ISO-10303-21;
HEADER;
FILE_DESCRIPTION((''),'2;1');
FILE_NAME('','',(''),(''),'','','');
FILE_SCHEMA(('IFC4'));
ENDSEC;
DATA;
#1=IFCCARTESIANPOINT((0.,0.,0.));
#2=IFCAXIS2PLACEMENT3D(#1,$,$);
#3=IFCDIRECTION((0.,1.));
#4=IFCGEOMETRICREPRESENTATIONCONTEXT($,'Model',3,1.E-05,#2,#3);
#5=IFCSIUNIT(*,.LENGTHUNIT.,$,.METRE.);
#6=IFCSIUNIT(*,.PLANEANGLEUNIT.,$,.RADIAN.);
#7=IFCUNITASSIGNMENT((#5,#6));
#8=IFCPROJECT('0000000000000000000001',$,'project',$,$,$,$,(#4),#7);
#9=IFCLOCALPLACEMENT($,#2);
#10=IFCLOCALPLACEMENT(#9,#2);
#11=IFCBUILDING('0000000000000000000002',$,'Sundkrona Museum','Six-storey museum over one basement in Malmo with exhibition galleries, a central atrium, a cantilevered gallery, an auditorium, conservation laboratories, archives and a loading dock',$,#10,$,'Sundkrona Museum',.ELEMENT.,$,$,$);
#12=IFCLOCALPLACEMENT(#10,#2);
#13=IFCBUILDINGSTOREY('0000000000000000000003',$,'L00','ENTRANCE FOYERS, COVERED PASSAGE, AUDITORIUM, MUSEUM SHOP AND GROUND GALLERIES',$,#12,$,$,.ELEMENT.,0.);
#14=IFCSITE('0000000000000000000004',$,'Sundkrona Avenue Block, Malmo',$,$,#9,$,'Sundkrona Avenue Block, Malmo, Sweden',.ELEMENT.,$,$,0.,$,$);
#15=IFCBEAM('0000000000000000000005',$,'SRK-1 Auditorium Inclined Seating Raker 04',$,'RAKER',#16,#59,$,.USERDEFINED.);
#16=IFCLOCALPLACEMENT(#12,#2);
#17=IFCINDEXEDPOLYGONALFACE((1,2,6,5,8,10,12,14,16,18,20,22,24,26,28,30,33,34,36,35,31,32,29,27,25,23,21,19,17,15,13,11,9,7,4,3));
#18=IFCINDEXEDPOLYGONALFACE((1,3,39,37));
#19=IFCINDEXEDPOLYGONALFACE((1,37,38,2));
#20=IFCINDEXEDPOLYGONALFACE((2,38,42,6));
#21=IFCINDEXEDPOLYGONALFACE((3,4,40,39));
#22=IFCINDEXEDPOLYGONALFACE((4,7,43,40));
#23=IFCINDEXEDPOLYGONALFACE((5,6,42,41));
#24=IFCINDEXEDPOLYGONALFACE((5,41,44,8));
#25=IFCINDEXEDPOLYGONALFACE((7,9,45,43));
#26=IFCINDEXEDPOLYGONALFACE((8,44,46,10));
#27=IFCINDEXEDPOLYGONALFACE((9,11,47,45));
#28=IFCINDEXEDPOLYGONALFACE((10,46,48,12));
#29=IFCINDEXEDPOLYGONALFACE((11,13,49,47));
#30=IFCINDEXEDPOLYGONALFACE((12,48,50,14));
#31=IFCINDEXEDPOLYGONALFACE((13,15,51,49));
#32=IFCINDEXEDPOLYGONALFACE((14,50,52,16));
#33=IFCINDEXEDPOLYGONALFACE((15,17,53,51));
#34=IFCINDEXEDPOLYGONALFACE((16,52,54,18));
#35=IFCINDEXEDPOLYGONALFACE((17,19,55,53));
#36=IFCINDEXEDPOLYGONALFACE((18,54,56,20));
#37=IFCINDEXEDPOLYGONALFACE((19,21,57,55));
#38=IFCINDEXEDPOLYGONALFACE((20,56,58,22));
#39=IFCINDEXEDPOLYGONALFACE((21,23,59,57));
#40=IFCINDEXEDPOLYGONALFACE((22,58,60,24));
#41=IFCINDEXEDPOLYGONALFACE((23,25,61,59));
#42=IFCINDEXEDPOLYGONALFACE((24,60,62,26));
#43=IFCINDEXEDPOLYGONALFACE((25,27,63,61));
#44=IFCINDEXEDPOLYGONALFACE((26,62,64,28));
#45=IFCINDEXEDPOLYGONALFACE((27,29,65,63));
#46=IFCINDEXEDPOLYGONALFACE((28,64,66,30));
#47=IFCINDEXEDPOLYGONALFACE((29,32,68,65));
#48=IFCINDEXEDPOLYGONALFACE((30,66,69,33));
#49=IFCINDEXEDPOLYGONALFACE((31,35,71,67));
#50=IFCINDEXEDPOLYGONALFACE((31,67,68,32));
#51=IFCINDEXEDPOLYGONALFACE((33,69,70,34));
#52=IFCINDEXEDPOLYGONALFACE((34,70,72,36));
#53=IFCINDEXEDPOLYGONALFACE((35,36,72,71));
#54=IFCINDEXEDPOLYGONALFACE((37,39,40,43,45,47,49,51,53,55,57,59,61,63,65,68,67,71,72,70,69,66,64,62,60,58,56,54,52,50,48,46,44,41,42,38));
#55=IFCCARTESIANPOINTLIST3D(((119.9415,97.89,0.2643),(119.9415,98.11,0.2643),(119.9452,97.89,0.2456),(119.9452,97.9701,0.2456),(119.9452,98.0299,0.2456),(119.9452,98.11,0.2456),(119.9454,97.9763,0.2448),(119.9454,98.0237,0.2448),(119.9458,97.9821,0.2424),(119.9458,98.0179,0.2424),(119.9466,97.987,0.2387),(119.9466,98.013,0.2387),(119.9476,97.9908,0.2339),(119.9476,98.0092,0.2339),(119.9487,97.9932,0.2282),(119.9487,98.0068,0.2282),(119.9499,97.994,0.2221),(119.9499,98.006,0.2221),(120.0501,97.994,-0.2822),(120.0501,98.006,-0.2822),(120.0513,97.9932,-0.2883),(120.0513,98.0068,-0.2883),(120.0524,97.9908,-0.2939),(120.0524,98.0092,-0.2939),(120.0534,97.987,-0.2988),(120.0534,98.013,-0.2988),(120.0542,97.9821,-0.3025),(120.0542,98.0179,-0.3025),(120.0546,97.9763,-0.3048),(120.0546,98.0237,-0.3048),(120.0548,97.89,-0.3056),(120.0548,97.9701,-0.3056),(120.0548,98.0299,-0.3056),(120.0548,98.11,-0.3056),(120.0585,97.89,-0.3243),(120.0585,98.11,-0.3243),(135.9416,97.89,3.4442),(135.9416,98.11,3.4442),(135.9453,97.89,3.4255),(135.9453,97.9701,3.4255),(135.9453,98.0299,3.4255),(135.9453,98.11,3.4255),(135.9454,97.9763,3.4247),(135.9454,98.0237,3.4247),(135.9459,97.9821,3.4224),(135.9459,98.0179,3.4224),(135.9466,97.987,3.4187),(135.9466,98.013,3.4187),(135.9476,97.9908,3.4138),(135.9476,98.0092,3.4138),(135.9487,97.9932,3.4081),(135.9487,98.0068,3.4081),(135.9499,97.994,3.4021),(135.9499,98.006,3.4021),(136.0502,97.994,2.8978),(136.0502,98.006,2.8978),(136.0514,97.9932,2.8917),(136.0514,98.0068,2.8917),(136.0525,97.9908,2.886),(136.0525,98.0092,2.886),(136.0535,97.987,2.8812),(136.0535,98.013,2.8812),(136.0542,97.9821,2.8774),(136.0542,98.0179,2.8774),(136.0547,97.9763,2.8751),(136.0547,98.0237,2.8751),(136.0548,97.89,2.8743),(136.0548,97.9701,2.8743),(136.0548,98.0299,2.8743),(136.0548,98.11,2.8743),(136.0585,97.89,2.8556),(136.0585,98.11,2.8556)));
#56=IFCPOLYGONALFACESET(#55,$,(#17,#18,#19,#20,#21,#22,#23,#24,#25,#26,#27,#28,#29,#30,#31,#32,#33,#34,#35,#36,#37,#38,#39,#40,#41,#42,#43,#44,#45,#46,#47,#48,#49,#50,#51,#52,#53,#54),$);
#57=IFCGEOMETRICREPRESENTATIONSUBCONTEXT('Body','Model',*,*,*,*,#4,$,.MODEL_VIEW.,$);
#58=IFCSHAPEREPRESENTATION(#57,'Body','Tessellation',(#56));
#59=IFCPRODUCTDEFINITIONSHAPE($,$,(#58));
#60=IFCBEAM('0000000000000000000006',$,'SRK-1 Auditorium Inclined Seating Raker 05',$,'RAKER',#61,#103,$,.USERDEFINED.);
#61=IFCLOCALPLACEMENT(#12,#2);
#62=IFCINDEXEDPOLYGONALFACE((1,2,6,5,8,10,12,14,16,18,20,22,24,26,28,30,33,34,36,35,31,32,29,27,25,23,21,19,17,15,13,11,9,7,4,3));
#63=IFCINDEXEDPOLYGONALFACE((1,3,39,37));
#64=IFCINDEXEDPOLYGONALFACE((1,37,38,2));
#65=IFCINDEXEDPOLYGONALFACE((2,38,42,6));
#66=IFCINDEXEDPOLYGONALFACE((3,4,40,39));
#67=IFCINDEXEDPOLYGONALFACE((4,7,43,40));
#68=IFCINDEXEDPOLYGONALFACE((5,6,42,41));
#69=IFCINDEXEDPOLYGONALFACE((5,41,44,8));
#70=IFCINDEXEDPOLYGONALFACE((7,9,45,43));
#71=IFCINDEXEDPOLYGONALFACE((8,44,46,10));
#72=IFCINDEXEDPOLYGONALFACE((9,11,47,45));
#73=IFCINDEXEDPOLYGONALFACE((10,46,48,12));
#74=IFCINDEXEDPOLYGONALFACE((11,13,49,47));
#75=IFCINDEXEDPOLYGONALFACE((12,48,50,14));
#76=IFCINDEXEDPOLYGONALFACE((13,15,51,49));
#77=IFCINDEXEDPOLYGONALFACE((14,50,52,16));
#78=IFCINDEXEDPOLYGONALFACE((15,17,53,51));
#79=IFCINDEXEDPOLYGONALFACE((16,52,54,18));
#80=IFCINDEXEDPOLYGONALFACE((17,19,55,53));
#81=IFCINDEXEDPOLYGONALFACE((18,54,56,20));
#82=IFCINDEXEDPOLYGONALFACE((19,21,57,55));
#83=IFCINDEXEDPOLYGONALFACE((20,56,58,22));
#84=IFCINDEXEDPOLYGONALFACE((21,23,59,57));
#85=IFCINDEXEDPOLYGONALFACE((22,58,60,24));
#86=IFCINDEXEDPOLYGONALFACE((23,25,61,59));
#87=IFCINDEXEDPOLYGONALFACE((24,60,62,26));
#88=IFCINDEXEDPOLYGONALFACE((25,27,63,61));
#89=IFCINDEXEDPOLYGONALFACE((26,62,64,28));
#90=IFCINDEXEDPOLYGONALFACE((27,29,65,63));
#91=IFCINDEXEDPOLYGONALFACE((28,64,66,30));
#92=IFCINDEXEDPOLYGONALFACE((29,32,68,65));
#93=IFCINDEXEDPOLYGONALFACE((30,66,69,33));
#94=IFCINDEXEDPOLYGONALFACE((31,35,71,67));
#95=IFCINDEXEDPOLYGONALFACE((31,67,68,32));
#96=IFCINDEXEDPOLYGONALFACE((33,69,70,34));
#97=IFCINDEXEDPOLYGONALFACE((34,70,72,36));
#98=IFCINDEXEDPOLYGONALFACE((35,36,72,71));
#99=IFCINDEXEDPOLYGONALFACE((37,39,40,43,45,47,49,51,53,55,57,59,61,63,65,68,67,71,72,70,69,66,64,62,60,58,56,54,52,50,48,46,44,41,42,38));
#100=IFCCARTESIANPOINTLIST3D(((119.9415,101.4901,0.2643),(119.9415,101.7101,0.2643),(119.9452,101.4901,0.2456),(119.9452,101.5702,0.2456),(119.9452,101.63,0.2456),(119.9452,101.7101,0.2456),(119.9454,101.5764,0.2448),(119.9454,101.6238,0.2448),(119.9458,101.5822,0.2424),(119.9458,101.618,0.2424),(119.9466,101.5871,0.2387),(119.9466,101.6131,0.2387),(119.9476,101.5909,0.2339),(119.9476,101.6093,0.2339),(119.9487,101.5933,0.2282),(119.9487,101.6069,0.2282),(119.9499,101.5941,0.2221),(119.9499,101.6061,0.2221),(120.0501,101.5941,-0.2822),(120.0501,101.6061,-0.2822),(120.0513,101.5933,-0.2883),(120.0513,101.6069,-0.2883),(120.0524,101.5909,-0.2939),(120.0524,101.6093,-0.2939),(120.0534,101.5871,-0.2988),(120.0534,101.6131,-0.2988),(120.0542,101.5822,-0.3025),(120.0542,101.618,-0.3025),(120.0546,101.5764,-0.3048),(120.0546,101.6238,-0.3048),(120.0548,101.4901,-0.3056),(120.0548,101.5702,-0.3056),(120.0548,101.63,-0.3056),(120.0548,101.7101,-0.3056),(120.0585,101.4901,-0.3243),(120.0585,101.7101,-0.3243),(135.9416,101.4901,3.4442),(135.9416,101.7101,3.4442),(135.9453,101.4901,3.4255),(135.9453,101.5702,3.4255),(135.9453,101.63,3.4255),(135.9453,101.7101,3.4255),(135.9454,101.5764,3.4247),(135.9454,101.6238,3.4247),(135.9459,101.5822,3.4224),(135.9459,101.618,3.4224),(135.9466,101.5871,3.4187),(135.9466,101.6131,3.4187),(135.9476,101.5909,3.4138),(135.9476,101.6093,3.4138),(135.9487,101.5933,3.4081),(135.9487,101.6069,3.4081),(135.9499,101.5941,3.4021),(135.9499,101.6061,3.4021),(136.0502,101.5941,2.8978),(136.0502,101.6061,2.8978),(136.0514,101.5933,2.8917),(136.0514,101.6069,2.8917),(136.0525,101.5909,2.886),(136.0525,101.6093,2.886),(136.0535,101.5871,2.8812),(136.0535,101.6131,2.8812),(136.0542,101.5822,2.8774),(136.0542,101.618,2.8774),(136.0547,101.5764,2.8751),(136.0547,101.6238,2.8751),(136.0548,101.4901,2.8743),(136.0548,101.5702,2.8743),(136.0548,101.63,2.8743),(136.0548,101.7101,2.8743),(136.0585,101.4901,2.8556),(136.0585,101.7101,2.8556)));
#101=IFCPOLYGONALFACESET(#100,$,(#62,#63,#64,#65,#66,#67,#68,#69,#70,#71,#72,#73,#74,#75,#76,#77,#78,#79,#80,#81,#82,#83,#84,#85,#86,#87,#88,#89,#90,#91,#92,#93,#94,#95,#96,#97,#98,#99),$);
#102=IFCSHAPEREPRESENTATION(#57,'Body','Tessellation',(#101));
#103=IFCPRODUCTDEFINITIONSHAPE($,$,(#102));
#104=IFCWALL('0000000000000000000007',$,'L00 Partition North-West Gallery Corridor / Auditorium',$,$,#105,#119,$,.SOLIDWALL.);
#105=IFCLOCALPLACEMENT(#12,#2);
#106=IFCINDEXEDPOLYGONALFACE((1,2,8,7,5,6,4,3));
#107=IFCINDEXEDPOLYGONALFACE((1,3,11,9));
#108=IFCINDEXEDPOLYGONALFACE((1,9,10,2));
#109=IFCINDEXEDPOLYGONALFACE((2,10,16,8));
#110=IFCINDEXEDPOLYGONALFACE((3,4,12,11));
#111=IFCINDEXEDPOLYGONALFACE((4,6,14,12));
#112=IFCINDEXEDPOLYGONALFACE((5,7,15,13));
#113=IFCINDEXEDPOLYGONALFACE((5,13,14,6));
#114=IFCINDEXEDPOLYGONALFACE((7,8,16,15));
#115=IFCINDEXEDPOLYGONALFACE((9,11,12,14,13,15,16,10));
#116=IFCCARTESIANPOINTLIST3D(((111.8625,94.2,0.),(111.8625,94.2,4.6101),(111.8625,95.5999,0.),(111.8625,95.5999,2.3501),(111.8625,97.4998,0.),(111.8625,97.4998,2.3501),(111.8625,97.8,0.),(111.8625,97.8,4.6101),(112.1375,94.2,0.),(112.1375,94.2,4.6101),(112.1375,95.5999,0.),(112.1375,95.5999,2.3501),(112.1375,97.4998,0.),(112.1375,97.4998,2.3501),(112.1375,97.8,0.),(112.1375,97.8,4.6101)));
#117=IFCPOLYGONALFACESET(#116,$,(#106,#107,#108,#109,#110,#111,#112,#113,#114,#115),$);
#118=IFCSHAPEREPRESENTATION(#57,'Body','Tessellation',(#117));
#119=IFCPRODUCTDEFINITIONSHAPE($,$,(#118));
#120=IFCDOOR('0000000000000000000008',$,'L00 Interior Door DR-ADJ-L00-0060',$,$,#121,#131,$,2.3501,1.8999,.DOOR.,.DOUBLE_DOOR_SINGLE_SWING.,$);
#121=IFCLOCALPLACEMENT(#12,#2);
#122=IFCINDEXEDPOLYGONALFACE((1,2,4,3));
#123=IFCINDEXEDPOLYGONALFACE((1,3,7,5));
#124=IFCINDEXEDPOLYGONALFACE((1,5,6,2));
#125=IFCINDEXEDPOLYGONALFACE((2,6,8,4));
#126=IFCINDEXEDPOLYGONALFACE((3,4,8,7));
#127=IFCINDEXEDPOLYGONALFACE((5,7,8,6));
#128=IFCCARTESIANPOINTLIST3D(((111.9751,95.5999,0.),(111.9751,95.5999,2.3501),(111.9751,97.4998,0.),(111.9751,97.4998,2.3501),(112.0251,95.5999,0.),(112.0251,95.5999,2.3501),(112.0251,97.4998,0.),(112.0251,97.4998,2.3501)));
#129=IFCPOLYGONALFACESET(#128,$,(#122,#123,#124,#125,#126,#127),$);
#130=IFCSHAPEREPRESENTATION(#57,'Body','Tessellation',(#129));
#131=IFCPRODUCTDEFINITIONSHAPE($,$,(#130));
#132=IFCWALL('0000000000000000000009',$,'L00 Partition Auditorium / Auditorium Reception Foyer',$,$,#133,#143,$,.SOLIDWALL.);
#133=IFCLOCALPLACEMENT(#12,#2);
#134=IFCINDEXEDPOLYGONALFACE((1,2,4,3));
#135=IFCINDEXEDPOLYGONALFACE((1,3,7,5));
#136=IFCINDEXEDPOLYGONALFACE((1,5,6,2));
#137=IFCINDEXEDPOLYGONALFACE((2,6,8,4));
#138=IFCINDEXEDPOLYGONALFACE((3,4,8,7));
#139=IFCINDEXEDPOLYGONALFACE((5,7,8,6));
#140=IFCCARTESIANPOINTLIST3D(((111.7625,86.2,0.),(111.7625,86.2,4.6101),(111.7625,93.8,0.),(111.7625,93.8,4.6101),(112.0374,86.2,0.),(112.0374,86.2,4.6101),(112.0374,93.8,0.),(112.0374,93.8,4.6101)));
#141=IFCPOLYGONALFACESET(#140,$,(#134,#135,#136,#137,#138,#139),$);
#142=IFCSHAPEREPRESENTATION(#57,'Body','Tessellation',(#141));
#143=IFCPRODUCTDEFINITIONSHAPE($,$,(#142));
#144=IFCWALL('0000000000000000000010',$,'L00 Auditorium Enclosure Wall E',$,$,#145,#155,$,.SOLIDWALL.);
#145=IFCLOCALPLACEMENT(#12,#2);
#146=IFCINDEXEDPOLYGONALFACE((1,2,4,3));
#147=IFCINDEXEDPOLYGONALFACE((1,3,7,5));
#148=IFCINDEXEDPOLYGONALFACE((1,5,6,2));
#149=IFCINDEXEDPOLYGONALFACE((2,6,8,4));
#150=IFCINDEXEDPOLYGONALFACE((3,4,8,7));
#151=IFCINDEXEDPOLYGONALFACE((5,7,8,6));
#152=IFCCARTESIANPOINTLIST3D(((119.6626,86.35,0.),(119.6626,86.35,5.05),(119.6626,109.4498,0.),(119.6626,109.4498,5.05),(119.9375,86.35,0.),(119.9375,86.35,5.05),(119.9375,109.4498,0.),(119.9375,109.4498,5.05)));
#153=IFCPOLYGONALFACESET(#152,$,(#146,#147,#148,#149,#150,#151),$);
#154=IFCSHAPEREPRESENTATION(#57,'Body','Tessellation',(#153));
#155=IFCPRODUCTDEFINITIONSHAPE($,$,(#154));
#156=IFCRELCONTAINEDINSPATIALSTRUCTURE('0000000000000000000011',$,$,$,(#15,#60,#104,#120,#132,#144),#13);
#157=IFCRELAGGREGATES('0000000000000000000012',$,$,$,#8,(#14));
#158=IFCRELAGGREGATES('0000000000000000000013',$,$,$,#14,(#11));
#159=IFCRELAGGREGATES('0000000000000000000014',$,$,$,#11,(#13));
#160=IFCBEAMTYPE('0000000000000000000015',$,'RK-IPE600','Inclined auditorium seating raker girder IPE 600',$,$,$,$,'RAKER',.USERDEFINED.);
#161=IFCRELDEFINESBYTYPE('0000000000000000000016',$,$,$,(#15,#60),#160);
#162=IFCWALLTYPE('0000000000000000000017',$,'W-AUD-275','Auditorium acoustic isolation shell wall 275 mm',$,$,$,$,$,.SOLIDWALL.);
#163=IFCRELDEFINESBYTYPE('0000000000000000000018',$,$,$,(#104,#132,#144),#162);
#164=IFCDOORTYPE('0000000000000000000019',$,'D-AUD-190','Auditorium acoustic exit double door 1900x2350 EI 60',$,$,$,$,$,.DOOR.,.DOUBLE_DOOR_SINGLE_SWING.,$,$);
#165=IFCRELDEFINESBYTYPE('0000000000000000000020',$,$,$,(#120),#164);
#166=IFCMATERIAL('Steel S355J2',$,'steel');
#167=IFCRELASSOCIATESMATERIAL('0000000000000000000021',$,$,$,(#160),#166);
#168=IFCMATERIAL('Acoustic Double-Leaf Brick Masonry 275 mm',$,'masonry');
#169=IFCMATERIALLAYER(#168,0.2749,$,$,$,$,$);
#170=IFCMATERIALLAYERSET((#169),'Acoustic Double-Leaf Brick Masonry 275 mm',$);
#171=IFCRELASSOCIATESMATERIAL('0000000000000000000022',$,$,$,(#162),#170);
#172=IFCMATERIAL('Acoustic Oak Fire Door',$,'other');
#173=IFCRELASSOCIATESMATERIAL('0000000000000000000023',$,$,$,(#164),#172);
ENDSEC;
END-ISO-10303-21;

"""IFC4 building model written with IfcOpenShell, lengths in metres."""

from ifc_helpers import new_model, si_unit, direction, frame, frame_2d, origin, origin_2d, place, context, subcontext, project, spatial, rectangle, i_section, extrude, material, layer, layer_set, material_profile, profile_set, type_object, element, fill, save


model = new_model("IFC4")

# Units and contexts
model_context = context("Model", 3, precision=1e-05, world=origin(), true_north=direction((0.0, 1.0)))
body_context = subcontext(model_context, "Body", "Model", "MODEL_VIEW")
ifc_project = project(units=[si_unit("LENGTHUNIT", "METRE"), si_unit("PLANEANGLEUNIT", "RADIAN")], contexts=[model_context])

# Site, building, storey
site_placement = place(None, origin())
site = spatial("IfcSite", under=ifc_project, at=site_placement, Name="Sundkrona Avenue Block, Malmo", LongName="Sundkrona Avenue Block, Malmo, Sweden", CompositionType="ELEMENT", RefElevation=0.0)
building_placement = place(site_placement, origin())
building = spatial("IfcBuilding", under=site, at=building_placement, Name="Sundkrona Museum", Description="Six-storey museum over one basement in Malmo with exhibition galleries, a central atrium, a cantilevered gallery, an auditorium, conservation laboratories, archives and a loading dock", LongName="Sundkrona Museum", CompositionType="ELEMENT")
storey_placement = place(building_placement, origin())
storey = spatial("IfcBuildingStorey", under=building, at=storey_placement, Name="L00", Description="ENTRANCE FOYERS, COVERED PASSAGE, AUDITORIUM, MUSEUM SHOP AND GROUND GALLERIES", CompositionType="ELEMENT", Elevation=0.0)

# Shared definitions
ifc_material_1 = material(Name="Steel S355J2", Category="steel")

# Beams
ifc_material_profile_1 = material_profile(ifc_material_1, i_section(OverallWidth=0.22, OverallDepth=0.6001, WebThickness=0.012, FlangeThickness=0.019, FilletRadius=0.0239, at=origin_2d()), Name="IPE 600")
ifc_profile_set_1 = profile_set([ifc_material_profile_1], Name="Steel S355J2")
beam_type_1 = type_object("IfcBeamType", Name="RK-IPE600", Description="Inclined auditorium seating raker girder IPE 600", ElementType="RAKER", PredefinedType="USERDEFINED", material=ifc_profile_set_1)
for number, where, z_axis, x_axis, name in (
    (1, (120.0, 98.0, -0.03), (0.980817, 0.0, 0.194933), (0.0, 1.0, 0.0), "SRK-1 Auditorium Inclined Seating Raker 04"),
    (2, (120.0, 101.6001, -0.03), (0.980817, 0.0, 0.194933), (0.0, 1.0, 0.0), "SRK-1 Auditorium Inclined Seating Raker 05"),
):
    element("IfcBeam", number, at=place(storey_placement, frame(where, z_axis=z_axis, x_axis=x_axis)), inside=storey, type_object=beam_type_1, Name=name, ObjectType="RAKER", PredefinedType="USERDEFINED", context=body_context, shape_type="SweptSolid", body=[
        extrude(i_section(OverallWidth=0.22, OverallDepth=0.6001, WebThickness=0.012, FlangeThickness=0.019, FilletRadius=0.0239, at=origin_2d()), origin(), (0.0, 0.0, 1.0), 16.313),
    ])

# Wall, opening, door
ifc_material_2 = material(Name="Acoustic Double-Leaf Brick Masonry 275 mm", Category="masonry")
ifc_layer = layer(ifc_material_2, 0.2749)
ifc_layer_set = layer_set([ifc_layer], Name="Acoustic Double-Leaf Brick Masonry 275 mm")
wall_type = type_object("IfcWallType", Name="W-AUD-275", Description="Auditorium acoustic isolation shell wall 275 mm", PredefinedType="SOLIDWALL", material=ifc_layer_set)
wall_1_placement = place(storey_placement, frame((112.0, 94.2, 0.0), z_axis=(0.0, 0.0, 1.0), x_axis=(0.0, 1.0, 0.0)))
wall_1 = element("IfcWall", 3, at=wall_1_placement, inside=storey, type_object=wall_type, Name="L00 Partition North-West Gallery Corridor / Auditorium", PredefinedType="SOLIDWALL", context=body_context, shape_type="SweptSolid", body=[
    extrude(rectangle(XDim=3.6001, YDim=0.2749, at=frame_2d((1.8, 0.0))), origin(), (0.0, 0.0, 1.0), 4.6101),
])
opening_placement = place(wall_1_placement, frame((1.3999, 0.0, 0.0)))
opening = element("IfcOpeningElement", 4, at=opening_placement, cuts=wall_1, PredefinedType="OPENING", context=body_context, shape_type="SweptSolid", body=[
    extrude(rectangle(XDim=1.8999, YDim=2.3501, at=frame_2d((0.95, 1.175))), frame((0.0, 0.1475, 0.0), z_axis=(0.0, -1.0, 0.0), x_axis=(1.0, 0.0, 0.0)), (0.0, 0.0, 1.0), 0.2949),
])
ifc_material_3 = material(Name="Acoustic Oak Fire Door", Category="other")
door_type = type_object("IfcDoorType", Name="D-AUD-190", Description="Auditorium acoustic exit double door 1900x2350 EI 60", OperationType="DOUBLE_DOOR_SINGLE_SWING", PredefinedType="DOOR", material=ifc_material_3)
door_placement = place(opening_placement, origin())
door = element("IfcDoor", 5, at=door_placement, inside=storey, type_object=door_type, Name="L00 Interior Door DR-ADJ-L00-0060", OperationType="DOUBLE_DOOR_SINGLE_SWING", OverallHeight=2.3501, OverallWidth=1.8999, PredefinedType="DOOR", context=body_context, shape_type="SweptSolid", body=[
    extrude(rectangle(XDim=1.8999, YDim=2.3501, at=frame_2d((0.95, 1.175))), frame((0.0, 0.0249, 0.0), z_axis=(0.0, -1.0, 0.0), x_axis=(1.0, 0.0, 0.0)), (0.0, 0.0, 1.0), 0.05),
])
fill(opening, door)

# Walls
wall_2_placement = place(storey_placement, frame((111.8999, 86.2, 0.0), z_axis=(0.0, 0.0, 1.0), x_axis=(0.0, 1.0, 0.0)))
element("IfcWall", 6, at=wall_2_placement, inside=storey, type_object=wall_type, Name="L00 Partition Auditorium / Auditorium Reception Foyer", PredefinedType="SOLIDWALL", context=body_context, shape_type="SweptSolid", body=[
    extrude(rectangle(XDim=7.6001, YDim=0.2749, at=frame_2d((3.8, 0.0))), origin(), (0.0, 0.0, 1.0), 4.6101),
])
wall_3_placement = place(storey_placement, frame((119.8, 86.3501, 0.0), z_axis=(0.0, 0.0, 1.0), x_axis=(0.0, 1.0, 0.0)))
element("IfcWall", 7, at=wall_3_placement, inside=storey, type_object=wall_type, Name="L00 Auditorium Enclosure Wall E", PredefinedType="SOLIDWALL", context=body_context, shape_type="SweptSolid", body=[
    extrude(rectangle(XDim=23.0999, YDim=0.2749, at=frame_2d((11.5498, 0.0))), origin(), (0.0, 0.0, 1.0), 5.05),
])

save(model, "model.ifc")
